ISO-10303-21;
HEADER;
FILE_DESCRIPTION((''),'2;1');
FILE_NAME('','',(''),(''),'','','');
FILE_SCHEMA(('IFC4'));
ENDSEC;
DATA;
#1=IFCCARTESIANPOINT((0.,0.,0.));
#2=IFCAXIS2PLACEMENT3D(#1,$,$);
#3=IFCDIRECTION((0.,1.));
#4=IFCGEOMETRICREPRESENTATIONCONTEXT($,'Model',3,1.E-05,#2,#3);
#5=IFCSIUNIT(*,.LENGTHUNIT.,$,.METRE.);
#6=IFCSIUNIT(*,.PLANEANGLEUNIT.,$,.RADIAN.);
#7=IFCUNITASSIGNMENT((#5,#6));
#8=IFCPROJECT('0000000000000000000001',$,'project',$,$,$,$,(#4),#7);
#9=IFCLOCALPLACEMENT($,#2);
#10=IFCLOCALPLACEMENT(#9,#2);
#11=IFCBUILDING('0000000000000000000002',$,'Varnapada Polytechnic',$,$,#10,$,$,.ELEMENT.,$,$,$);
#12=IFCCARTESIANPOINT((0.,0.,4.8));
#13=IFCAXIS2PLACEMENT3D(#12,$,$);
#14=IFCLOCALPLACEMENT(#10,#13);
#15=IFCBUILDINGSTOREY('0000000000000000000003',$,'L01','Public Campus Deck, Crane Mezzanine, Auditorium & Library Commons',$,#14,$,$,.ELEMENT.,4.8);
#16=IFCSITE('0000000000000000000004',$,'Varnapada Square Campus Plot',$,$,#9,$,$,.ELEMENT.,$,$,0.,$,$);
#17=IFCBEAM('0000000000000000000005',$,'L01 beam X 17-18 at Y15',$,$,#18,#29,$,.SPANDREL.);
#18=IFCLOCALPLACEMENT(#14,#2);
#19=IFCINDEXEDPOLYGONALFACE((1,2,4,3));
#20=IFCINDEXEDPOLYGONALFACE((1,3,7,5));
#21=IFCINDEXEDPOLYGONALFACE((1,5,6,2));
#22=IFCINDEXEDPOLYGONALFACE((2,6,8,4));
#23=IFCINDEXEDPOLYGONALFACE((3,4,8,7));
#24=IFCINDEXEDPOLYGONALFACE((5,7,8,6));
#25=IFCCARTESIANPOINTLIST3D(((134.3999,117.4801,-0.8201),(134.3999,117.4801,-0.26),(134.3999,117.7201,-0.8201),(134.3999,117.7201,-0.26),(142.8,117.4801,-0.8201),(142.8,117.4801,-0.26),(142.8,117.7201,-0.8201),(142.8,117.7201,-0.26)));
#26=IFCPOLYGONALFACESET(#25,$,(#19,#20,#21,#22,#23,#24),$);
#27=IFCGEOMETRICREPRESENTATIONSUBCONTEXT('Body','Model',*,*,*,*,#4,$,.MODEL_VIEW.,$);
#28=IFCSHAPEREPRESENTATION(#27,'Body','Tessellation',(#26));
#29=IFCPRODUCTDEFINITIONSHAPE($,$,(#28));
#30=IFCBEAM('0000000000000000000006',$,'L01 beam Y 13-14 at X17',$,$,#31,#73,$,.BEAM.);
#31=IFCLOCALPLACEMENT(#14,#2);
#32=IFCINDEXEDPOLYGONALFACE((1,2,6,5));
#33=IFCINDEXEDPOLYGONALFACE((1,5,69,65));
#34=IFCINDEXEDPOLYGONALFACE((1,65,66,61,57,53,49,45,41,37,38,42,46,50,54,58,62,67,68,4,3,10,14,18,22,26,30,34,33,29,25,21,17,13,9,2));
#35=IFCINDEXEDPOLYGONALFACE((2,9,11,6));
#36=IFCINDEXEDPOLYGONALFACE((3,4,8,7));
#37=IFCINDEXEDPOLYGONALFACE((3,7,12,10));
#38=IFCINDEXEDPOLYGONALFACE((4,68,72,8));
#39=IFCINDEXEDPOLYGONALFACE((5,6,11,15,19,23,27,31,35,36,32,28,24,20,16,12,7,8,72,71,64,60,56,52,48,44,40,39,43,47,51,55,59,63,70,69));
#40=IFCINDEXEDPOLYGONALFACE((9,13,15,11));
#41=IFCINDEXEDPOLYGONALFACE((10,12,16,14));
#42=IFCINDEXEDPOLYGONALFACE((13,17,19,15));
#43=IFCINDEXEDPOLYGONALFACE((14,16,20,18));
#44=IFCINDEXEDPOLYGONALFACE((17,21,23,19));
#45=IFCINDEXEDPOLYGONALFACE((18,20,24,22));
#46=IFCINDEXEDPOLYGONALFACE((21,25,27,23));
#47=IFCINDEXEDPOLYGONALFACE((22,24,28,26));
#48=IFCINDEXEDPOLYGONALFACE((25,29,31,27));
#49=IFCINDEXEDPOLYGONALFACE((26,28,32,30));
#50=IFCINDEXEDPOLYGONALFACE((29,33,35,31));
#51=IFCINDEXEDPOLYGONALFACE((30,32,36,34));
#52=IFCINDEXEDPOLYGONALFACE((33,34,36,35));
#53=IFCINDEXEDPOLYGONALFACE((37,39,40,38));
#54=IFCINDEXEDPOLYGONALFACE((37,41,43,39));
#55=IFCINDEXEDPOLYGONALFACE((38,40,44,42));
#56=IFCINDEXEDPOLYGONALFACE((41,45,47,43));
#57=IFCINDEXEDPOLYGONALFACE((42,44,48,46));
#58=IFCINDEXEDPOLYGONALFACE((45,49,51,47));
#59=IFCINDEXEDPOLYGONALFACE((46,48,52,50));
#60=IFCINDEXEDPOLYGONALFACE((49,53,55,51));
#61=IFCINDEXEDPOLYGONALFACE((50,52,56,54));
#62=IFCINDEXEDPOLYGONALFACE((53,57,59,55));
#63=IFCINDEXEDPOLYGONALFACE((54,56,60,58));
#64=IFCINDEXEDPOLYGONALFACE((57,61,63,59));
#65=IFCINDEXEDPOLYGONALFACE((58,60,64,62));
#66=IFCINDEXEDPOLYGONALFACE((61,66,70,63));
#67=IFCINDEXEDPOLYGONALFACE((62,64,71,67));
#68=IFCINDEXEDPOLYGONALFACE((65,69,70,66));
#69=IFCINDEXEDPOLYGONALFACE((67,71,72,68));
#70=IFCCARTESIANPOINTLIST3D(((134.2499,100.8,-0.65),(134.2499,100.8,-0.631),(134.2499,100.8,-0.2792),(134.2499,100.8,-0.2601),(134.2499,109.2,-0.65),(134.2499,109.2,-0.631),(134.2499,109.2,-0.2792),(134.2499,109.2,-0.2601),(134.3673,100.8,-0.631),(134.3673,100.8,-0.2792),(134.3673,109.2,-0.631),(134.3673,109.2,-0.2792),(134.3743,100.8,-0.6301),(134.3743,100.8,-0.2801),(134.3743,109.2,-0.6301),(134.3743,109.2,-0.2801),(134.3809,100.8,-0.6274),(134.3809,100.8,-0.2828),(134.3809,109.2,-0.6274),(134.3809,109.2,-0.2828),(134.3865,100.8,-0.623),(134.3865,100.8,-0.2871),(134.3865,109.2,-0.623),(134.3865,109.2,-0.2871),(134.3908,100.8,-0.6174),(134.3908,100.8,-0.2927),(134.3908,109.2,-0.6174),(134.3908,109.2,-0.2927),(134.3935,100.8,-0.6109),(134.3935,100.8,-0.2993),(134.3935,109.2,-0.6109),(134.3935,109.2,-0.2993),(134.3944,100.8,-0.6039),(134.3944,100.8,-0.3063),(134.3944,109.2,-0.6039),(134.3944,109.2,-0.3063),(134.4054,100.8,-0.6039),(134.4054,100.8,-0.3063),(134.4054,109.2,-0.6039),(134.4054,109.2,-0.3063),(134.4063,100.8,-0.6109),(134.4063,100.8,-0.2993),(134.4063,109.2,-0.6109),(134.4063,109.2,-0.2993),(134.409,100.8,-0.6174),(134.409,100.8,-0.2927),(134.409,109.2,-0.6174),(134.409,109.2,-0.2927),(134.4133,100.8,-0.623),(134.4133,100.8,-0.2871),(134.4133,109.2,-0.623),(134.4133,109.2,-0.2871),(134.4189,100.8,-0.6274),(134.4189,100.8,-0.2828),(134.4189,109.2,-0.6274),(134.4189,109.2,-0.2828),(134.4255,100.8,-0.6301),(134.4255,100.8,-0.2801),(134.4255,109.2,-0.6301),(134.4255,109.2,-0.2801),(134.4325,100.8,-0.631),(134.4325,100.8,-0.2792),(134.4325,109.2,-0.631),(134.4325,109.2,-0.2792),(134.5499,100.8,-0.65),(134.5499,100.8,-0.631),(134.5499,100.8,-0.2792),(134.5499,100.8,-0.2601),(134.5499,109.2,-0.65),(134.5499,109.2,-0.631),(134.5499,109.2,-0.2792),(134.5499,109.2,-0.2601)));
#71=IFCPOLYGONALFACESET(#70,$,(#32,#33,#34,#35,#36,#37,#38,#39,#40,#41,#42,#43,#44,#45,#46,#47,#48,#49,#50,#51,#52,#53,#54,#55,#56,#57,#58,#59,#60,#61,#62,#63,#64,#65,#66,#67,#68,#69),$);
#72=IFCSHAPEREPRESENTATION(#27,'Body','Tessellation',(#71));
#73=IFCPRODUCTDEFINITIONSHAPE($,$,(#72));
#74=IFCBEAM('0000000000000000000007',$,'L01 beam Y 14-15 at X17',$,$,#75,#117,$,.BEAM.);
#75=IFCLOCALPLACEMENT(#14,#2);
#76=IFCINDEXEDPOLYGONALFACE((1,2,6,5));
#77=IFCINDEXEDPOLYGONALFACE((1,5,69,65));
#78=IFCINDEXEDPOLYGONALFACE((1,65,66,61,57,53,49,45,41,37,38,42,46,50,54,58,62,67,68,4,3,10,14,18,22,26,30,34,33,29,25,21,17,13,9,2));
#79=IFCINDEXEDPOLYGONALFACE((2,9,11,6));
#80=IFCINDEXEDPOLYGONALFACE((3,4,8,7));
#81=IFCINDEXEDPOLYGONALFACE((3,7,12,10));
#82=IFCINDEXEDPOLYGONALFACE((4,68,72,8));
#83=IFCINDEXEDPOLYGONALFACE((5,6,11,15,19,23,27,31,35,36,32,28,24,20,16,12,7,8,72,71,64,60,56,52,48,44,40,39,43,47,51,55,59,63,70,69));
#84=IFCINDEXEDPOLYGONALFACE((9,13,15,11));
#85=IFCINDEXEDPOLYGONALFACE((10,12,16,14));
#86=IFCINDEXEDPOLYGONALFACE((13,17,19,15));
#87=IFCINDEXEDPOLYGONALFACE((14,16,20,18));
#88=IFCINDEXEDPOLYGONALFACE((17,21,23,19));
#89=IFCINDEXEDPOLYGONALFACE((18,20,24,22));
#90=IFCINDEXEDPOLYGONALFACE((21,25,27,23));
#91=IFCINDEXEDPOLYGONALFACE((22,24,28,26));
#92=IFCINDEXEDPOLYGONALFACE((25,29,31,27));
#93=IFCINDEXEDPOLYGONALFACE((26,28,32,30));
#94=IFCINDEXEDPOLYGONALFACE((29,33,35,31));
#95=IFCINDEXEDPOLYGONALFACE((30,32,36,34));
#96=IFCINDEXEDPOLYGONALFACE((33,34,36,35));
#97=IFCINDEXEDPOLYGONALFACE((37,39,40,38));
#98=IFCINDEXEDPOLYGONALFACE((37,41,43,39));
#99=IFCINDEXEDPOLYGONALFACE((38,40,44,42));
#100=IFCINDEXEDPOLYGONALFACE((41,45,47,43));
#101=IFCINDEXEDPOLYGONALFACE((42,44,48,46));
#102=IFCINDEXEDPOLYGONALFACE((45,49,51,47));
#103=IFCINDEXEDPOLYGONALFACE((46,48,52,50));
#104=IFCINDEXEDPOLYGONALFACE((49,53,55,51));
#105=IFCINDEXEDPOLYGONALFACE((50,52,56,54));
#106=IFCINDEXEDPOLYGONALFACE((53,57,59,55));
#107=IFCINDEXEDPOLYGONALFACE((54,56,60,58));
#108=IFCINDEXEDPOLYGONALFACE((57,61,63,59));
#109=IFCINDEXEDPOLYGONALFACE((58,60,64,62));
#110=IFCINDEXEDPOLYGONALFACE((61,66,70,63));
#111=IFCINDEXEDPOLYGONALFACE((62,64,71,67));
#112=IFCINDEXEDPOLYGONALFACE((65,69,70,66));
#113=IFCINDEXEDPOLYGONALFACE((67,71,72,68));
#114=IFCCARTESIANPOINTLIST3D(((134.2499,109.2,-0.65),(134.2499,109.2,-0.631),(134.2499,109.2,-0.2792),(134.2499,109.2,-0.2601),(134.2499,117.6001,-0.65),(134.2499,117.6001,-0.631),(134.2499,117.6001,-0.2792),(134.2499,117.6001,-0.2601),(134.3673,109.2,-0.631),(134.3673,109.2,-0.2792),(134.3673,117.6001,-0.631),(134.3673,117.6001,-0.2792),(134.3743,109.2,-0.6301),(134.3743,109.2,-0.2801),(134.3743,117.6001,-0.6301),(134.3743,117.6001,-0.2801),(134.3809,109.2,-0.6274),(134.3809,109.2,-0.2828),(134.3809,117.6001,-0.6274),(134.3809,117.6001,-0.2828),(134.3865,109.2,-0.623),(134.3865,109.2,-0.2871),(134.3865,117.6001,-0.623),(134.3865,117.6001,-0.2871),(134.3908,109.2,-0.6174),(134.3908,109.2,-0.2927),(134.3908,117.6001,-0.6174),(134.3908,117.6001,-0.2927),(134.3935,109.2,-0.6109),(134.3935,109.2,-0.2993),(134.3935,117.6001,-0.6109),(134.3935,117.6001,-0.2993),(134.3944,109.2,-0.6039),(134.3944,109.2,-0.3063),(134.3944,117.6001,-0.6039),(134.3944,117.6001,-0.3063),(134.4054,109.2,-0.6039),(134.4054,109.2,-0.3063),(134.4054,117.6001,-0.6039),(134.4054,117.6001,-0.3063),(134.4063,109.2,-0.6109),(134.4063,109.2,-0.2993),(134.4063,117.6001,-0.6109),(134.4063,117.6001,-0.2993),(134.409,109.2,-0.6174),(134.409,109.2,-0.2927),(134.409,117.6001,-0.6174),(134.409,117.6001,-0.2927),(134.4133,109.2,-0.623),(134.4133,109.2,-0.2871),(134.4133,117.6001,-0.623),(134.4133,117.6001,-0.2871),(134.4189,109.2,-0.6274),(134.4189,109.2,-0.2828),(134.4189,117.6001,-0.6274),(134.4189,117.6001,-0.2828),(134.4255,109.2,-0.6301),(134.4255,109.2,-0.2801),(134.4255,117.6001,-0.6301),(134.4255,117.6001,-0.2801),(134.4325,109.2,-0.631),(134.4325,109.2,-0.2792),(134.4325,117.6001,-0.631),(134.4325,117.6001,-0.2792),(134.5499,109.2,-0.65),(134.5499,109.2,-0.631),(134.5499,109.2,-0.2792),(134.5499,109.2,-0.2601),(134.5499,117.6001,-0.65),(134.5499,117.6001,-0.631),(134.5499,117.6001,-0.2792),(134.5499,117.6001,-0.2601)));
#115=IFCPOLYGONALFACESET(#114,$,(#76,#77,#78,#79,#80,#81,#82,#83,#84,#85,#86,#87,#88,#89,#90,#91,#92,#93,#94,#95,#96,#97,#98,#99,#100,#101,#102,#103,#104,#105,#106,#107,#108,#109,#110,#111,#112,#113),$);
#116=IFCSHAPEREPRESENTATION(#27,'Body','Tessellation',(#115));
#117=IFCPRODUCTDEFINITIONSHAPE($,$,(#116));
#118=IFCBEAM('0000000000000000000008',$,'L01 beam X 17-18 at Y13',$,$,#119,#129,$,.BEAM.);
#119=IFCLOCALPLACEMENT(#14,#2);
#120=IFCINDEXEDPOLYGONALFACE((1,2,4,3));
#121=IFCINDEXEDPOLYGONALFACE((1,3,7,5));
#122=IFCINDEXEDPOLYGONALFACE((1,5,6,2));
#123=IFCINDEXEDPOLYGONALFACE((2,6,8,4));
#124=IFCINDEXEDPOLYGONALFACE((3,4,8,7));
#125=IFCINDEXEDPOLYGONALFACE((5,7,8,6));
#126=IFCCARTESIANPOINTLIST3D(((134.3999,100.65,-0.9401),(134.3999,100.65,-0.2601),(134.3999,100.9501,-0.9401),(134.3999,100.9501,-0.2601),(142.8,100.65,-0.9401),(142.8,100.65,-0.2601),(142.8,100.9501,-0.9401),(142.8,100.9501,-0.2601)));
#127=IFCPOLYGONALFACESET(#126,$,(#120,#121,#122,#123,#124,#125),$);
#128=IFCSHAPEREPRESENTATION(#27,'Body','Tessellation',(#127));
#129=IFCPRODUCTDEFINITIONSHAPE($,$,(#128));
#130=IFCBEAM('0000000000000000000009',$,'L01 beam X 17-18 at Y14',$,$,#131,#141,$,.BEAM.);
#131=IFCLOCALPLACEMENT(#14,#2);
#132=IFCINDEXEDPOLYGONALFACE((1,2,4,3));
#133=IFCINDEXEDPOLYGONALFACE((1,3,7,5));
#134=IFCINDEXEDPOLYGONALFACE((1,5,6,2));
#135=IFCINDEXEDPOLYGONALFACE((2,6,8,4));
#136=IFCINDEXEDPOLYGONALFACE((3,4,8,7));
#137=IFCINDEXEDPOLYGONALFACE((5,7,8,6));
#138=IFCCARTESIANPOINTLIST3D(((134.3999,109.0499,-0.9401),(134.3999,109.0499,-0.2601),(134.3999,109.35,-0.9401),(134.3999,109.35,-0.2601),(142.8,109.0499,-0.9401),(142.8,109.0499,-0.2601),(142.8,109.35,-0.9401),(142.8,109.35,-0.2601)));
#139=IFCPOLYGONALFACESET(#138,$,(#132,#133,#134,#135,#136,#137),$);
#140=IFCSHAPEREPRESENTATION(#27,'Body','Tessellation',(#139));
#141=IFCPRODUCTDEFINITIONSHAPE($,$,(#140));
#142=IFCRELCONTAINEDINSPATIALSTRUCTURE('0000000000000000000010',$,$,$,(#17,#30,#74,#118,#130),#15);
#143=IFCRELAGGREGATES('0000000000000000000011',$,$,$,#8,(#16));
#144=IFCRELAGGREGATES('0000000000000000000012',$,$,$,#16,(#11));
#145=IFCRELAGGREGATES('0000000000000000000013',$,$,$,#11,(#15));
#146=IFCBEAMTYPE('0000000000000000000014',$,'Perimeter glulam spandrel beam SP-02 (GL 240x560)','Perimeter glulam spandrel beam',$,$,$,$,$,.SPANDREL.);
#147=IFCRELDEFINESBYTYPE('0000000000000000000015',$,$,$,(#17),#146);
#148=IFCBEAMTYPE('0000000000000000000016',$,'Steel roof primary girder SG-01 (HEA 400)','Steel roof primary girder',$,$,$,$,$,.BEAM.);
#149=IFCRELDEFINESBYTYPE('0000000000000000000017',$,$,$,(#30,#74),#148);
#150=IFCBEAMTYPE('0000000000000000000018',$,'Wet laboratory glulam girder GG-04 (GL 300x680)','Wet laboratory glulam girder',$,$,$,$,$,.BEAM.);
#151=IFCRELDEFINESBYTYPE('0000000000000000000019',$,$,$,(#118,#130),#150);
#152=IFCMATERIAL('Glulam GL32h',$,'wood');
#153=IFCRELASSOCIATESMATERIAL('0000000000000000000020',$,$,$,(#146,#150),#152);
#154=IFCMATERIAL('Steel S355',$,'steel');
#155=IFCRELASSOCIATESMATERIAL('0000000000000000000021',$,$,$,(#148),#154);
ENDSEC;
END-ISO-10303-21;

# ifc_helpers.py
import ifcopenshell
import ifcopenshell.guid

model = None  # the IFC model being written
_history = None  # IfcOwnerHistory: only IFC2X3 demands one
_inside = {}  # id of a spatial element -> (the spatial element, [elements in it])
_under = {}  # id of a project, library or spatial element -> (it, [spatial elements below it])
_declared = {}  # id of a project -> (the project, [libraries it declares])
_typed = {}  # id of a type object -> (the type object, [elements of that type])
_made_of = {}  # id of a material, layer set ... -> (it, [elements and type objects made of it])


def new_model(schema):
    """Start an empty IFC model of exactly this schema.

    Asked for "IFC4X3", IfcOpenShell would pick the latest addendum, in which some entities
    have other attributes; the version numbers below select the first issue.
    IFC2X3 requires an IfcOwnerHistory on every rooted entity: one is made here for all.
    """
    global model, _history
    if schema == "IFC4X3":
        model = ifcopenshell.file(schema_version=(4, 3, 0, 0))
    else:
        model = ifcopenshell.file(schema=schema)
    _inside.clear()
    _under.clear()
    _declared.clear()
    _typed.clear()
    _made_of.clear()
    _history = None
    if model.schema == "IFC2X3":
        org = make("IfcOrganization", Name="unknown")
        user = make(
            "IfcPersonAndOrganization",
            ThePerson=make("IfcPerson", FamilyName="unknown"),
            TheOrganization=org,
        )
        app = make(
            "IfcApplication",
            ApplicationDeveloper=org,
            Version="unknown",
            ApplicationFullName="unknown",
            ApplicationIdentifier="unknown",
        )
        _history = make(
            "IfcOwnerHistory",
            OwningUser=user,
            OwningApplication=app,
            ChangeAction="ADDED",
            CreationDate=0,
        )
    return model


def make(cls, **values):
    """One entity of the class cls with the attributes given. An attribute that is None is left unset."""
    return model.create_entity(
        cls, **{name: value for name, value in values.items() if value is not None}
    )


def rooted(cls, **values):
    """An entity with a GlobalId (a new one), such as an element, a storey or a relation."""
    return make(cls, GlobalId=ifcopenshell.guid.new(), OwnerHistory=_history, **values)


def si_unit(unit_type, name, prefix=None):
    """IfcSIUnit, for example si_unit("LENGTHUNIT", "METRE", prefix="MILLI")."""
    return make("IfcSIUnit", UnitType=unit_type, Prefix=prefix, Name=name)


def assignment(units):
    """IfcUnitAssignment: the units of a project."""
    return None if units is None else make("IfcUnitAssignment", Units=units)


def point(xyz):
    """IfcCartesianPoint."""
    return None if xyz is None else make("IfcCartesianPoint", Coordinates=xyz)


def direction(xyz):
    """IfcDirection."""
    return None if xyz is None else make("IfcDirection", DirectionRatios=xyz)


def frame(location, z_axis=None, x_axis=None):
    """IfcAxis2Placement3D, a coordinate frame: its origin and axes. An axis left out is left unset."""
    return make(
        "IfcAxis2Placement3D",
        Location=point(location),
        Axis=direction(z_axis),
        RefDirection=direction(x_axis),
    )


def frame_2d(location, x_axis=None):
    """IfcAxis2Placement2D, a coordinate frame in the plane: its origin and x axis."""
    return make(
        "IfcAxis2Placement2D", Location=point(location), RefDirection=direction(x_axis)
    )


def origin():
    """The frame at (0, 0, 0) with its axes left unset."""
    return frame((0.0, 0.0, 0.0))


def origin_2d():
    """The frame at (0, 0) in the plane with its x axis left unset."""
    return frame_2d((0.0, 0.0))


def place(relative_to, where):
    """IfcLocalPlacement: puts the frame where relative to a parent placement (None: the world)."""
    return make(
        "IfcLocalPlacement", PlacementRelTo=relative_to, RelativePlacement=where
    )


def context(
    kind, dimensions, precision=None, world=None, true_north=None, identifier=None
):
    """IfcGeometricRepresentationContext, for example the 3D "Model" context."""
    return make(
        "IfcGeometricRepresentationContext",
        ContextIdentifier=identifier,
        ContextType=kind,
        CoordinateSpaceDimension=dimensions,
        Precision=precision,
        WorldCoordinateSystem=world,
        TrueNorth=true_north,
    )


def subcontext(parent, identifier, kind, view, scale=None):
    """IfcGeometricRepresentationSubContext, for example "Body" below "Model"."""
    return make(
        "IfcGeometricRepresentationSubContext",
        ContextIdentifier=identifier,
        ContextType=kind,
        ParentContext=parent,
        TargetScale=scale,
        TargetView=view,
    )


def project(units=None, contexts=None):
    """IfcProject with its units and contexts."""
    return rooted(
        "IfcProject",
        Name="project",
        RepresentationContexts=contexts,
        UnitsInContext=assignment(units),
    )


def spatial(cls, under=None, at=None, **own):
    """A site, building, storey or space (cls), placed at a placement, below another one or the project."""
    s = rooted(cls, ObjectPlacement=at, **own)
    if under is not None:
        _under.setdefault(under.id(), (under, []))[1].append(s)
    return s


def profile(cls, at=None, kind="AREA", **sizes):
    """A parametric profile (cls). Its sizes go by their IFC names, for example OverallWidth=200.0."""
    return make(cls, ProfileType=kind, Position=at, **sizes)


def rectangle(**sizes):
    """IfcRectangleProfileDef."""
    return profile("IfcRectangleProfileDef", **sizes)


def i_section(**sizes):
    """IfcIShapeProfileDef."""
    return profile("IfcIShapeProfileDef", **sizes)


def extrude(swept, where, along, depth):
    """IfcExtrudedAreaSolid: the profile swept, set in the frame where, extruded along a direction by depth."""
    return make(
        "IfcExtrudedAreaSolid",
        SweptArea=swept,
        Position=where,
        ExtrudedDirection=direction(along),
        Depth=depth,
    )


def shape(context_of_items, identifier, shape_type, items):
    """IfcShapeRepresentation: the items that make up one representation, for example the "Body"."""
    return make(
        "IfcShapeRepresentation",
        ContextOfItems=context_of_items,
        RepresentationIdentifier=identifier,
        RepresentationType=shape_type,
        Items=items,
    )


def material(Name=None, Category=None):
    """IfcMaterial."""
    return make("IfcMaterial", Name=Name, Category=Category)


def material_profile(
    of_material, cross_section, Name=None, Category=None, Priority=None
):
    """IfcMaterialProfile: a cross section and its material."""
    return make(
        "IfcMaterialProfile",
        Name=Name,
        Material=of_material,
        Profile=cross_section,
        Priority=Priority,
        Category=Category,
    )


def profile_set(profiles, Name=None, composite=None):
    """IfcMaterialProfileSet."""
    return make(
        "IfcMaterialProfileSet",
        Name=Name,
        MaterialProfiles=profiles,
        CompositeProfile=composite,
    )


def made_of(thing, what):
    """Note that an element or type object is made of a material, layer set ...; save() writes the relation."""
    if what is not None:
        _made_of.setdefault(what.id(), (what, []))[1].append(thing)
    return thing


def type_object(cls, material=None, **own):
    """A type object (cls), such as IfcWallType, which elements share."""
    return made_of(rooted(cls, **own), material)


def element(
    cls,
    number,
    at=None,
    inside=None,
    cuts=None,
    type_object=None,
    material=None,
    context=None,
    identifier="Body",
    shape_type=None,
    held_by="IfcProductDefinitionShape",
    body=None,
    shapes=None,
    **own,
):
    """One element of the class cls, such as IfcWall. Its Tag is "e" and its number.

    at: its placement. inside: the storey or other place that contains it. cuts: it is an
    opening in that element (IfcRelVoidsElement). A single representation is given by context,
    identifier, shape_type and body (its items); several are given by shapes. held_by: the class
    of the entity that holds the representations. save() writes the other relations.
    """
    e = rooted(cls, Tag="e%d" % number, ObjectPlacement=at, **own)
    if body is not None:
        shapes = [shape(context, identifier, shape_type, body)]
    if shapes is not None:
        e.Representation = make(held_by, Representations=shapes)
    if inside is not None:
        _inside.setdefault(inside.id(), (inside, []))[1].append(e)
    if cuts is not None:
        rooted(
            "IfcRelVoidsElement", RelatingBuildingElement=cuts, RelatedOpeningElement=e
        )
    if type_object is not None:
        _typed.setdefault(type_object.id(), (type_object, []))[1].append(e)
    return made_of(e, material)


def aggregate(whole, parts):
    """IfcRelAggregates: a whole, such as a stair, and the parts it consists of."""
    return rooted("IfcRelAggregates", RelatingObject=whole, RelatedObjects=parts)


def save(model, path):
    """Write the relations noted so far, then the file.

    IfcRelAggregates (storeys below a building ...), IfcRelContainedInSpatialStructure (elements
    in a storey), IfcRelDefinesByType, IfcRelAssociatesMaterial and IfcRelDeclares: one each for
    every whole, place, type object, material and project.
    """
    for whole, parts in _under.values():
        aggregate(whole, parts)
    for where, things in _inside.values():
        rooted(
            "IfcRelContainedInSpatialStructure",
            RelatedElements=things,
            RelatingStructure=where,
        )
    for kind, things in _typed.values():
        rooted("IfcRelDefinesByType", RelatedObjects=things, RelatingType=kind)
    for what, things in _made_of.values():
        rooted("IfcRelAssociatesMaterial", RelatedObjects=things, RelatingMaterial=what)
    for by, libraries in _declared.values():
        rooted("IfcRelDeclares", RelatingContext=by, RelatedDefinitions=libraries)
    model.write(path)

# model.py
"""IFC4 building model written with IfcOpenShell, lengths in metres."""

from ifc_helpers import new_model, si_unit, direction, frame, origin, origin_2d, place, context, subcontext, project, spatial, rectangle, i_section, extrude, material, material_profile, profile_set, type_object, element, save


model = new_model("IFC4")

# Units and contexts
model_context = context("Model", 3, precision=1e-05, world=origin(), true_north=direction((0.0, 1.0)))
body_context = subcontext(model_context, "Body", "Model", "MODEL_VIEW")
ifc_project = project(units=[si_unit("LENGTHUNIT", "METRE"), si_unit("PLANEANGLEUNIT", "RADIAN")], contexts=[model_context])

# Site, building, storey
site_placement = place(None, origin())
site = spatial("IfcSite", under=ifc_project, at=site_placement, Name="Varnapada Square Campus Plot", CompositionType="ELEMENT", RefElevation=0.0)
building_placement = place(site_placement, origin())
building = spatial("IfcBuilding", under=site, at=building_placement, Name="Varnapada Polytechnic", CompositionType="ELEMENT")
storey_placement = place(building_placement, frame((0.0, 0.0, 4.8)))
storey = spatial("IfcBuildingStorey", under=building, at=storey_placement, Name="L01", Description="Public Campus Deck, Crane Mezzanine, Auditorium & Library Commons", CompositionType="ELEMENT", Elevation=4.8)

# Shared definitions
ifc_material_1 = material(Name="Steel S355", Category="steel")

# Shared definitions
ifc_material_2 = material(Name="Glulam GL32h", Category="wood")

# Beams
ifc_material_profile_1 = material_profile(ifc_material_2, rectangle(XDim=0.24, YDim=0.5601, at=origin_2d()), Name="GL 240x560")
ifc_profile_set_1 = profile_set([ifc_material_profile_1], Name="Glulam GL32h")
beam_type_1 = type_object("IfcBeamType", Name="Perimeter glulam spandrel beam SP-02 (GL 240x560)", Description="Perimeter glulam spandrel beam", PredefinedType="SPANDREL", material=ifc_profile_set_1)
beam_1_placement = place(storey_placement, frame((134.3999, 117.6001, -0.54), z_axis=(1.0, 0.0, 0.0), x_axis=(0.0, 1.0, 0.0)))
element("IfcBeam", 1, at=beam_1_placement, inside=storey, type_object=beam_type_1, Name="L01 beam X 17-18 at Y15", PredefinedType="SPANDREL", context=body_context, shape_type="SweptSolid", body=[
    extrude(rectangle(XDim=0.24, YDim=0.5601, at=origin_2d()), origin(), (0.0, 0.0, 1.0), 8.4001),
])
ifc_material_profile_2 = material_profile(ifc_material_1, i_section(OverallWidth=0.3, OverallDepth=0.3899, WebThickness=0.011, FlangeThickness=0.019, FilletRadius=0.0271, at=origin_2d()), Name="HEA 400")
ifc_profile_set_2 = profile_set([ifc_material_profile_2], Name="Steel S355")
beam_type_2 = type_object("IfcBeamType", Name="Steel roof primary girder SG-01 (HEA 400)", Description="Steel roof primary girder", PredefinedType="BEAM", material=ifc_profile_set_2)
beam_2_placement = place(storey_placement, frame((134.3999, 100.8, -0.4551), z_axis=(0.0, 1.0, 0.0), x_axis=(-1.0, 0.0, 0.0)))
element("IfcBeam", 2, at=beam_2_placement, inside=storey, type_object=beam_type_2, Name="L01 beam Y 13-14 at X17", PredefinedType="BEAM", context=body_context, shape_type="SweptSolid", body=[
    extrude(i_section(OverallWidth=0.3, OverallDepth=0.3899, WebThickness=0.011, FlangeThickness=0.019, FilletRadius=0.0271, at=origin_2d()), origin(), (0.0, 0.0, 1.0), 8.3999),
])
beam_3_placement = place(storey_placement, frame((134.3999, 109.2, -0.4551), z_axis=(0.0, 1.0, 0.0), x_axis=(-1.0, 0.0, 0.0)))
element("IfcBeam", 3, at=beam_3_placement, inside=storey, type_object=beam_type_2, Name="L01 beam Y 14-15 at X17", PredefinedType="BEAM", context=body_context, shape_type="SweptSolid", body=[
    extrude(i_section(OverallWidth=0.3, OverallDepth=0.3899, WebThickness=0.011, FlangeThickness=0.019, FilletRadius=0.0271, at=origin_2d()), origin(), (0.0, 0.0, 1.0), 8.4001),
])
ifc_material_profile_3 = material_profile(ifc_material_2, rectangle(XDim=0.3, YDim=0.6799, at=origin_2d()), Name="GL 300x680")
ifc_profile_set_3 = profile_set([ifc_material_profile_3], Name="Glulam GL32h")
beam_type_3 = type_object("IfcBeamType", Name="Wet laboratory glulam girder GG-04 (GL 300x680)", Description="Wet laboratory glulam girder", PredefinedType="BEAM", material=ifc_profile_set_3)
for number, where, z_axis, x_axis, name in (
    (4, (134.3999, 100.8, -0.6001), (1.0, 0.0, 0.0), (0.0, 1.0, 0.0), "L01 beam X 17-18 at Y13"),
    (5, (134.3999, 109.2, -0.6001), (1.0, 0.0, 0.0), (0.0, 1.0, 0.0), "L01 beam X 17-18 at Y14"),
):
    element("IfcBeam", number, at=place(storey_placement, frame(where, z_axis=z_axis, x_axis=x_axis)), inside=storey, type_object=beam_type_3, Name=name, PredefinedType="BEAM", context=body_context, shape_type="SweptSolid", body=[
        extrude(rectangle(XDim=0.3, YDim=0.6799, at=origin_2d()), origin(), (0.0, 0.0, 1.0), 8.4001),
    ])

save(model, "model.ifc")
